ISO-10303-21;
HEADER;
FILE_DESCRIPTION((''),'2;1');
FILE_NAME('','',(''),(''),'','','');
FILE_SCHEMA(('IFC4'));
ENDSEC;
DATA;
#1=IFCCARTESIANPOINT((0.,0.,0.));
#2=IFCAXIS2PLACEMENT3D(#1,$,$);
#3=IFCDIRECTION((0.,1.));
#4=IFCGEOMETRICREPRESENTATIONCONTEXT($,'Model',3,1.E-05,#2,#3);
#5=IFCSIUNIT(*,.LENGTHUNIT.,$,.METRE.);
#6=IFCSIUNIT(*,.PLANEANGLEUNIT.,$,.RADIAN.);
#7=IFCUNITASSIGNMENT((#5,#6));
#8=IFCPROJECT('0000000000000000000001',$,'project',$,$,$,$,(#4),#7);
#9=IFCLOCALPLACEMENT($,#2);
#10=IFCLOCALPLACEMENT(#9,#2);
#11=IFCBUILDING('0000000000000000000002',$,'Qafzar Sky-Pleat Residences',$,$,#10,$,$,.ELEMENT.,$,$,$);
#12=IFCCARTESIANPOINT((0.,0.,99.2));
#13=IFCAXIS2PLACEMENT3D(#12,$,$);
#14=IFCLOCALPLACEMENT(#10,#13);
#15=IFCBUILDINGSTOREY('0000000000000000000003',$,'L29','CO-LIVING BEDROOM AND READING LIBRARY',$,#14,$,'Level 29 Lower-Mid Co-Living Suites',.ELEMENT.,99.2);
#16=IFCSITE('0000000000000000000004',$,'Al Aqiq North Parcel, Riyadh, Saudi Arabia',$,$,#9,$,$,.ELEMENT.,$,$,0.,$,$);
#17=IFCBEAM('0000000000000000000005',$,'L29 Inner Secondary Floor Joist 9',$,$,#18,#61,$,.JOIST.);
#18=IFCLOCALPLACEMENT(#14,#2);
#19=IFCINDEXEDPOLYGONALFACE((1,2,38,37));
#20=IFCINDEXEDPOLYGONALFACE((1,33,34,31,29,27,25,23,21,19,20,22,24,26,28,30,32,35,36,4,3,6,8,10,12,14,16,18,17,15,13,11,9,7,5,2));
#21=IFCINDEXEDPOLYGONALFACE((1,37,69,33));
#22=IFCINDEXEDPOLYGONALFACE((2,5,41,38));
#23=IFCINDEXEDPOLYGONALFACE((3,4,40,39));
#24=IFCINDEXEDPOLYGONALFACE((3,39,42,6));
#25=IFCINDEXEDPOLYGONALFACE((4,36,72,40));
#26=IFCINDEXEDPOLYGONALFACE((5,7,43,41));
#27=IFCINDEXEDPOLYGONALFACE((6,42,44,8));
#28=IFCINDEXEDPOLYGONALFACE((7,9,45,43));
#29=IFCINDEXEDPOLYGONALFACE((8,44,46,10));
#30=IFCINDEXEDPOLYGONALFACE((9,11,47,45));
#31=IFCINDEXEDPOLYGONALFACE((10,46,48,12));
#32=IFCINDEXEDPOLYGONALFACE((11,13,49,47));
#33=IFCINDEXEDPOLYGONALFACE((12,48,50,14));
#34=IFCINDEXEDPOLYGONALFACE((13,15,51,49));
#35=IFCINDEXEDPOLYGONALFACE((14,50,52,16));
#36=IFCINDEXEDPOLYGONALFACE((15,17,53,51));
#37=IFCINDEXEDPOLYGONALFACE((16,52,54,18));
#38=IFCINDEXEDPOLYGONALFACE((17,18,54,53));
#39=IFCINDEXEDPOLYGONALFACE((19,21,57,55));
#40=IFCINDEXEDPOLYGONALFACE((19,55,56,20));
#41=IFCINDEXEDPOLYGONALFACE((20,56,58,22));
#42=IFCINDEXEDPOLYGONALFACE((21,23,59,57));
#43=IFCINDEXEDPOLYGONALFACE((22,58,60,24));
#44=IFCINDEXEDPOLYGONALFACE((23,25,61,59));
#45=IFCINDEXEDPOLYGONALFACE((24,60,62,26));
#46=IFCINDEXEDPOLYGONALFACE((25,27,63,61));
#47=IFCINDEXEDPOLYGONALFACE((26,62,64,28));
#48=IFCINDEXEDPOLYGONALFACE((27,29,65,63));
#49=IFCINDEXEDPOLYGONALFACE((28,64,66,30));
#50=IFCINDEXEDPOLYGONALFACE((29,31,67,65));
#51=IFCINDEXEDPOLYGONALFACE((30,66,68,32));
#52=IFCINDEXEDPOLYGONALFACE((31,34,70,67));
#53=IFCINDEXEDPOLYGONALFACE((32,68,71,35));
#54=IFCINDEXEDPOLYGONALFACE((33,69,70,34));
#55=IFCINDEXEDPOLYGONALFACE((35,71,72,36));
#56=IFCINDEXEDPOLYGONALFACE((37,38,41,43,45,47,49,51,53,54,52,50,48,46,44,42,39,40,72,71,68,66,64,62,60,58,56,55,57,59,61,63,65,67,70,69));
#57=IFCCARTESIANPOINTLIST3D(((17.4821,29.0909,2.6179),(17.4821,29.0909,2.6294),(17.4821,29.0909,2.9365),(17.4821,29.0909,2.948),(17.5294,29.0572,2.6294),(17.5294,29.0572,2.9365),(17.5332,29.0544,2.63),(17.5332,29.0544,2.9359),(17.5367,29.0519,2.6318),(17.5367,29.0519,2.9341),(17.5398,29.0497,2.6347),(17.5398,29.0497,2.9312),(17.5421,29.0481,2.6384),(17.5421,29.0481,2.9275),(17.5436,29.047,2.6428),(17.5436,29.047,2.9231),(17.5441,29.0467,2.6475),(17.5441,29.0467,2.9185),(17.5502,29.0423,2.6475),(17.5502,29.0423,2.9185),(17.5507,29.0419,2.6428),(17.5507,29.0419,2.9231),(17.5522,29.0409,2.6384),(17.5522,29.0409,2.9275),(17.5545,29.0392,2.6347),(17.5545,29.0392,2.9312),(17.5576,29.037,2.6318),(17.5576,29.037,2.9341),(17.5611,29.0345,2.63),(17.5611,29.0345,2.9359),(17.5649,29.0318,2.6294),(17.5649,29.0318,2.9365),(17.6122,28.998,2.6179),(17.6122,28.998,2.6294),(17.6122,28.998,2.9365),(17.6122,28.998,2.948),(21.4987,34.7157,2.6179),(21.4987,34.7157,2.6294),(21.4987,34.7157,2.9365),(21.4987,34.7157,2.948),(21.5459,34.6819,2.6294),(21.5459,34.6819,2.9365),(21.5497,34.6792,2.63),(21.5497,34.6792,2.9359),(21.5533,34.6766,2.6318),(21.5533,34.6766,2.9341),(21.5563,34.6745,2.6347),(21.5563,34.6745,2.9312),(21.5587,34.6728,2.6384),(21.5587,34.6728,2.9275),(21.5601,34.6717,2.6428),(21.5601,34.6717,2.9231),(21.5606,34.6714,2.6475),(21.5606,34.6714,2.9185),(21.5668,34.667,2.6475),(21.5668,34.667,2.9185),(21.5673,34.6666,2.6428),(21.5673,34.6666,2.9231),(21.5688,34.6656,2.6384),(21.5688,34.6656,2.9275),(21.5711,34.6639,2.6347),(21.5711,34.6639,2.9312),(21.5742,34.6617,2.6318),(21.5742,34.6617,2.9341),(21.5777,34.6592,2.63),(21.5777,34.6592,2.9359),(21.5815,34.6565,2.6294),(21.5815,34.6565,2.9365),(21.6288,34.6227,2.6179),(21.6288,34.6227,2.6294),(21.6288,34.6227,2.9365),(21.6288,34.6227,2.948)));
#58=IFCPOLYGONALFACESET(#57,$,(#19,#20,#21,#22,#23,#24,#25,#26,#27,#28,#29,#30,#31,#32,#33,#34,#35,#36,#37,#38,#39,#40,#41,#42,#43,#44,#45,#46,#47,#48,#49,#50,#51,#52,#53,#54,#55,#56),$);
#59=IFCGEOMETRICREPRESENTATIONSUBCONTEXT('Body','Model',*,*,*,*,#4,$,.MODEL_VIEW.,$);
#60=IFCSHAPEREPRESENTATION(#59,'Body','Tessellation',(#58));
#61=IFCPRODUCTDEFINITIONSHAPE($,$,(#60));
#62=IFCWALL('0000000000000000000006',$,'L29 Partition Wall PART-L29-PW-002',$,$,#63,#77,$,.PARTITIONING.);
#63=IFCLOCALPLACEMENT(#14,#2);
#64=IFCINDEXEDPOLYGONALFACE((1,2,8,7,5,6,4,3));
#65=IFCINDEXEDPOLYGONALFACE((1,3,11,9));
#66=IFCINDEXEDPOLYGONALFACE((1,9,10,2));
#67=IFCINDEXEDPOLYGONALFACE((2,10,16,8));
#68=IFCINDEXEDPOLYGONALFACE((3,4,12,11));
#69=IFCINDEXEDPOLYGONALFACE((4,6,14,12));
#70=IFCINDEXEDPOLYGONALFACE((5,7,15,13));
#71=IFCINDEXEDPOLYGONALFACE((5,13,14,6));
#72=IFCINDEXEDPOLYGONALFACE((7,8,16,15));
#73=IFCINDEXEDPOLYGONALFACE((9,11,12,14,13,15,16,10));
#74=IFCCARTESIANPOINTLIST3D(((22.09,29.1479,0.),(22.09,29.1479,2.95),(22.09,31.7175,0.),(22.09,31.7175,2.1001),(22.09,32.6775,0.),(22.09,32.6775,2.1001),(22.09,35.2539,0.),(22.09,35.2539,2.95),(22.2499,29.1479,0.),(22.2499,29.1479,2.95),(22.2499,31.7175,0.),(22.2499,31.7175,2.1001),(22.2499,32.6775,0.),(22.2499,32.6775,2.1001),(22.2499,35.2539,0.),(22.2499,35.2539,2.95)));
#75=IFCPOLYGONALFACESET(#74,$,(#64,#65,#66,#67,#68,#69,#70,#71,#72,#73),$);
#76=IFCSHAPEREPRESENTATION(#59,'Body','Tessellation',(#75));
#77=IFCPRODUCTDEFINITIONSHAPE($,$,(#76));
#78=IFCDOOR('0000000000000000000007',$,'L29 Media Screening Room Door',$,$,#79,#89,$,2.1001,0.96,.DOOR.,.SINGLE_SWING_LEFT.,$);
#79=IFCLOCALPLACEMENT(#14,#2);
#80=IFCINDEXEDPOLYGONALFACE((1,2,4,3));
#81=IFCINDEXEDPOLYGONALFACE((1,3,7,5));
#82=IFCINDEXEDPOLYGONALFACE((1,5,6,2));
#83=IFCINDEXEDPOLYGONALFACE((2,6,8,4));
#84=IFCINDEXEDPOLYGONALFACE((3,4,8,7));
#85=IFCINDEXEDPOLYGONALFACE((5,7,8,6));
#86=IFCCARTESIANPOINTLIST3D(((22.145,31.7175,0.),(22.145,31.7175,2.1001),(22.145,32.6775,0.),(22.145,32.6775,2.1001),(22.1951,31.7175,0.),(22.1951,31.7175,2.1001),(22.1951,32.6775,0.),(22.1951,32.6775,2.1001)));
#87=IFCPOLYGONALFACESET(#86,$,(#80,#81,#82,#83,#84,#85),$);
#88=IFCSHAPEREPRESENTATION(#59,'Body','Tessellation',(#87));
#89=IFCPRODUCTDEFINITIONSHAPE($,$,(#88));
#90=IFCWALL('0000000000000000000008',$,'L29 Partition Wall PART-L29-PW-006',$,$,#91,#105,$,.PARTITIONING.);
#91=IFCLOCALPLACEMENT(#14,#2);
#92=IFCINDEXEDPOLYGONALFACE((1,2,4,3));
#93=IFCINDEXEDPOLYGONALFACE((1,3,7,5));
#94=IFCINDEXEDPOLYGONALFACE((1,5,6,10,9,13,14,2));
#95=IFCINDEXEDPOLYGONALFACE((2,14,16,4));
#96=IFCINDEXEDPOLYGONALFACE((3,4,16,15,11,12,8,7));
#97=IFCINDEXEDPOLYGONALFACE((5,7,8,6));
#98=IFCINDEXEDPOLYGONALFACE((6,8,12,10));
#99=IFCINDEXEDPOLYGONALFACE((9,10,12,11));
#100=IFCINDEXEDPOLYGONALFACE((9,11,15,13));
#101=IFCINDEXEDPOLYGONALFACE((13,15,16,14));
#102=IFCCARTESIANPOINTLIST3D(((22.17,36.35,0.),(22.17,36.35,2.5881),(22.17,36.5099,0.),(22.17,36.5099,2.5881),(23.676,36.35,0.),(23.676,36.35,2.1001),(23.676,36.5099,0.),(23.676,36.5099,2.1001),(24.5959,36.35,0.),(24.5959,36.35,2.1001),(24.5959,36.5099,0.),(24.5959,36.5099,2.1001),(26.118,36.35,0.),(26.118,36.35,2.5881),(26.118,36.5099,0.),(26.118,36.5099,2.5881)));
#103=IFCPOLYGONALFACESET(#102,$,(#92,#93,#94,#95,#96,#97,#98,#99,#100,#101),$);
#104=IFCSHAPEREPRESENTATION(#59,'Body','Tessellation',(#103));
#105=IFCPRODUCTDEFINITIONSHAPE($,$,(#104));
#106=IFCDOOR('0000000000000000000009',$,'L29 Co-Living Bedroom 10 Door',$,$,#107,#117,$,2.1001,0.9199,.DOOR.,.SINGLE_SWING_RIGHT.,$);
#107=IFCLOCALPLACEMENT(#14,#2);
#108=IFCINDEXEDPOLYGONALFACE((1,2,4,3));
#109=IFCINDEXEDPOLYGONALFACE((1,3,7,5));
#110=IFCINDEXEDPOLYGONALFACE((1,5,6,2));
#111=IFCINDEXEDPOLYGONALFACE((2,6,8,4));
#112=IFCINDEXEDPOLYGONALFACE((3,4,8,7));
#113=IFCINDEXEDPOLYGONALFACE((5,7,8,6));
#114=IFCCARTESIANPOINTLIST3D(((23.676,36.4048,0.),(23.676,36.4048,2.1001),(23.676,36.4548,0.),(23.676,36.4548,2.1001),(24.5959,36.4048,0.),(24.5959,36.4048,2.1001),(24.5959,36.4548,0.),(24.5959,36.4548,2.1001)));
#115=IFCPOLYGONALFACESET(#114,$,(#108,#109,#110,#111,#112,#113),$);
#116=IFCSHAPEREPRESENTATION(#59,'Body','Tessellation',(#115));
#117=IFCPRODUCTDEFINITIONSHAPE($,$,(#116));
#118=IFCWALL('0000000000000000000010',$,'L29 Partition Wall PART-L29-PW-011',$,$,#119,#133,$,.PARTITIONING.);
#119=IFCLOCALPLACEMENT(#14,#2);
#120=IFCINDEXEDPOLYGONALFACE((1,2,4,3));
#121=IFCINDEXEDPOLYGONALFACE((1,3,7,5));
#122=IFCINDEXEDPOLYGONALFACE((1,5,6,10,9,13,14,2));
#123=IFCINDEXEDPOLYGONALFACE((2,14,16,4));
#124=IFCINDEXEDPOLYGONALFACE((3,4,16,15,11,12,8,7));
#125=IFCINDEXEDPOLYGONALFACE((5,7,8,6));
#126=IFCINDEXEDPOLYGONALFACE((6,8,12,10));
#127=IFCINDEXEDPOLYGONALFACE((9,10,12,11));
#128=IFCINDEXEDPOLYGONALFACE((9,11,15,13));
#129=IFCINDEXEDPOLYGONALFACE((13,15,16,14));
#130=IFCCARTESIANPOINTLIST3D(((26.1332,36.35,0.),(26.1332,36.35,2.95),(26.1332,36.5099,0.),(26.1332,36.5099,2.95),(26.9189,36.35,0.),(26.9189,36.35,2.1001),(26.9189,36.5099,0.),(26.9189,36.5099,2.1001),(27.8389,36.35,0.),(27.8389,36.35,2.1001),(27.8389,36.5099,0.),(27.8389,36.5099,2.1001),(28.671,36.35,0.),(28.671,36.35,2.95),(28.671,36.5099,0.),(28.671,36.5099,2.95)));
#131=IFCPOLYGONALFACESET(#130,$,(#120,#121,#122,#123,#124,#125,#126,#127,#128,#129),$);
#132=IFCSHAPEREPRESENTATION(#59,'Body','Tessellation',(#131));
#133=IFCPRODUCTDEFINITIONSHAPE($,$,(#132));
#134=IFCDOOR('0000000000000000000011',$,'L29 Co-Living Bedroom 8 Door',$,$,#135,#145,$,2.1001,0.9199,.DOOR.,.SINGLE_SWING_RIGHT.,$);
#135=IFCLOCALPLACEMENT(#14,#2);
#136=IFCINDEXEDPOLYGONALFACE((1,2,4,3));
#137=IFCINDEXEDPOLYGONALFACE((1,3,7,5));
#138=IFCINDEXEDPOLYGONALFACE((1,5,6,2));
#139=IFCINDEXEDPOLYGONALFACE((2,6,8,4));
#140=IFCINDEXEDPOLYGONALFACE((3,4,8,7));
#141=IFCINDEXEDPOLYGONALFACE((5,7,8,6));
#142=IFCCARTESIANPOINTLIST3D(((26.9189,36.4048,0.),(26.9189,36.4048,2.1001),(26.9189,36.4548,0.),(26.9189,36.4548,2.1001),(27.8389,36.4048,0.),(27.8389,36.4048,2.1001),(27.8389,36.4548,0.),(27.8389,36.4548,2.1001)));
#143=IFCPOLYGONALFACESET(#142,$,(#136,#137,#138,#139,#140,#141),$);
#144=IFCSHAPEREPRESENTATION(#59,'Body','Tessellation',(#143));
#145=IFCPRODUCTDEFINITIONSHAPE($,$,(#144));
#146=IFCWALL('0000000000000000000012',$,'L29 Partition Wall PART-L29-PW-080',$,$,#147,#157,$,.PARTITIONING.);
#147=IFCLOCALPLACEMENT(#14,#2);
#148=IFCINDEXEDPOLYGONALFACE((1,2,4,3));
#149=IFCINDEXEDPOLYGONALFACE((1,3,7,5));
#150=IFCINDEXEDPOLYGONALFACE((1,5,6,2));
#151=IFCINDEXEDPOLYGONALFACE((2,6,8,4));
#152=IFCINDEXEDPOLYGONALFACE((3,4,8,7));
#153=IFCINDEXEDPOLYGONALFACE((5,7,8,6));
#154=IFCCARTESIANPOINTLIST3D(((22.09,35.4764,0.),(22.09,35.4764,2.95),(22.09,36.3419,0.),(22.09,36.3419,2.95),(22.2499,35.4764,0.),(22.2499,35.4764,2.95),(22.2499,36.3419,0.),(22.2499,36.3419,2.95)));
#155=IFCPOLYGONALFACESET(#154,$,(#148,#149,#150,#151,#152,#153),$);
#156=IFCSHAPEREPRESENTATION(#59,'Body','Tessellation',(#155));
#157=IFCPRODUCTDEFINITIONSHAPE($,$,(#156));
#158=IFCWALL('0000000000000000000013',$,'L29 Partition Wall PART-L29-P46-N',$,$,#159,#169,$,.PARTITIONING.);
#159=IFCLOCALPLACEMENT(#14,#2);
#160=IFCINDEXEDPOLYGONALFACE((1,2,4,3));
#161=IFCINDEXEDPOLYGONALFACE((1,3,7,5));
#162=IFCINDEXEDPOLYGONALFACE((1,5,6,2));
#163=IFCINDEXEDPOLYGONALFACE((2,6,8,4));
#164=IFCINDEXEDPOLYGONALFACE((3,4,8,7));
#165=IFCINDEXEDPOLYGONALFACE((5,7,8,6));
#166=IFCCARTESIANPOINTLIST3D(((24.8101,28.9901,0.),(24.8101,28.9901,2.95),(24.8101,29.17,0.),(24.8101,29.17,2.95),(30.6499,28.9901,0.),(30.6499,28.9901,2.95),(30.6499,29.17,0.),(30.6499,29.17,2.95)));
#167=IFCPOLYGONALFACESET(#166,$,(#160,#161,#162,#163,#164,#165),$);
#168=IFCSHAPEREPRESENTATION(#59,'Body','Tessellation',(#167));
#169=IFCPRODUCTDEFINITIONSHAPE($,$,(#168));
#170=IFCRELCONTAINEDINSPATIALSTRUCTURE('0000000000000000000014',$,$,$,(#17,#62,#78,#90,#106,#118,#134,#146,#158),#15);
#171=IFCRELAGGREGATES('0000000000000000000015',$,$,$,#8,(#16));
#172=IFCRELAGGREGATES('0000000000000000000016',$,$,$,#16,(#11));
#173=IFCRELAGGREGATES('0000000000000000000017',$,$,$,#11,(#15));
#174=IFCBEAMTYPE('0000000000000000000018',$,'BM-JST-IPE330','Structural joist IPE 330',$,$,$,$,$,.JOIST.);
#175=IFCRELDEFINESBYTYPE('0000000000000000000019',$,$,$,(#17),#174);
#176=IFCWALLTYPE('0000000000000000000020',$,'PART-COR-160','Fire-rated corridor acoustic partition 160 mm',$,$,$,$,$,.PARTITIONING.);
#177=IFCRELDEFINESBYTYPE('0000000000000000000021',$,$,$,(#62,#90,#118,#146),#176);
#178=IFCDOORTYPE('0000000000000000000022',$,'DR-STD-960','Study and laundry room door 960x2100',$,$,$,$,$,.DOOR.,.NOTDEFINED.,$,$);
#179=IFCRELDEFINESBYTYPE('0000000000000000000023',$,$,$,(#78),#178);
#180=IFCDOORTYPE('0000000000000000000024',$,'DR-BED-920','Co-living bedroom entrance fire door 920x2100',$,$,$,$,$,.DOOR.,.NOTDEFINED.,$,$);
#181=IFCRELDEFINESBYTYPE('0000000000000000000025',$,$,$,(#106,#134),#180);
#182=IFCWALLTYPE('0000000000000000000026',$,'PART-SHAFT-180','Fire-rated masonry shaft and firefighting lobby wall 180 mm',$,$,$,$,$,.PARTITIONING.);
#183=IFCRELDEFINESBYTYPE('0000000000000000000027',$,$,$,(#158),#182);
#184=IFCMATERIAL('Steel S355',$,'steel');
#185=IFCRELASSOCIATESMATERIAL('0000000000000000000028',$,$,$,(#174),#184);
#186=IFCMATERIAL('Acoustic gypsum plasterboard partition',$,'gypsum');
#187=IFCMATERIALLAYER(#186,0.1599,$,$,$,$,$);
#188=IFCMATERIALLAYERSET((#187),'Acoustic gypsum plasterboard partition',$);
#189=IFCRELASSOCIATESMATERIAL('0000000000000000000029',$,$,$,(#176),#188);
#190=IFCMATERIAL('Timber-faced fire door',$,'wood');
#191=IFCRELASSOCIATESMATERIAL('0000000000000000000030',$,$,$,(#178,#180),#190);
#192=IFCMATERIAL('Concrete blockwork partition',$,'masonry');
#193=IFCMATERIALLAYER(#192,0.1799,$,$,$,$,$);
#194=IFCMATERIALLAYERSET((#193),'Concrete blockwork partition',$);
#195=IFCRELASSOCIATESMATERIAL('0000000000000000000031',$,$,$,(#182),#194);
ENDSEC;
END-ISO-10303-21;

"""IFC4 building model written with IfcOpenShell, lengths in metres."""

from ifc_helpers import new_model, si_unit, direction, frame, frame_2d, origin, origin_2d, place, context, subcontext, project, spatial, rectangle, i_section, extrude, source, transform, mapped, material, layer, layer_set, material_profile, profile_set, type_object, element, fill, save


model = new_model("IFC4")

# Units and contexts
model_context = context("Model", 3, precision=1e-05, world=origin(), true_north=direction((0.0, 1.0)))
body_context = subcontext(model_context, "Body", "Model", "MODEL_VIEW")
ifc_project = project(units=[si_unit("LENGTHUNIT", "METRE"), si_unit("PLANEANGLEUNIT", "RADIAN")], contexts=[model_context])

# Site, building, storey
site_placement = place(None, origin())
site = spatial("IfcSite", under=ifc_project, at=site_placement, Name="Al Aqiq North Parcel, Riyadh, Saudi Arabia", CompositionType="ELEMENT", RefElevation=0.0)
building_placement = place(site_placement, origin())
building = spatial("IfcBuilding", under=site, at=building_placement, Name="Qafzar Sky-Pleat Residences", CompositionType="ELEMENT")
storey_placement = place(building_placement, frame((0.0, 0.0, 99.2)))
storey = spatial("IfcBuildingStorey", under=building, at=storey_placement, Name="L29", Description="CO-LIVING BEDROOM AND READING LIBRARY", LongName="Level 29 Lower-Mid Co-Living Suites", CompositionType="ELEMENT", Elevation=99.2)

# Beam
ifc_material_1 = material(Name="Steel S355", Category="steel")
ifc_material_profile = material_profile(ifc_material_1, i_section(OverallWidth=0.1599, OverallDepth=0.3301, WebThickness=0.0076, FlangeThickness=0.0115, FilletRadius=0.0181, at=origin_2d()), Name="IPE 330")
ifc_profile_set = profile_set([ifc_material_profile], Name="Steel S355")
beam_type = type_object("IfcBeamType", Name="BM-JST-IPE330", Description="Structural joist IPE 330", PredefinedType="JOIST", material=ifc_profile_set)
shared_shape_1 = source(origin(), body_context, "Body", "SweptSolid", [
    extrude(i_section(OverallWidth=0.1599, OverallDepth=0.3301, WebThickness=0.0076, FlangeThickness=0.0115, FilletRadius=0.0181, at=origin_2d()), origin(), (0.0, 0.0, 1.0), 6.9116),
])
beam_placement = place(storey_placement, frame((21.5637, 34.6692, 2.783), z_axis=(-0.581135, -0.813807, 0.0), x_axis=(0.813807, -0.581135, 0.0)))
element("IfcBeam", 1, at=beam_placement, inside=storey, type_object=beam_type, Name="L29 Inner Secondary Floor Joist 9", PredefinedType="JOIST", context=body_context, shape_type="MappedRepresentation", body=[
    mapped(shared_shape_1, transform((0.0, 0.0, 0.0), x_axis=(1.0, 0.0, 0.0), y_axis=(0.0, 1.0, 0.0), z_axis=(0.0, 0.0, 1.0), scale=1.0)),
])

# Walls, openings, doors
ifc_material_2 = material(Name="Acoustic gypsum plasterboard partition", Category="gypsum")
ifc_layer_1 = layer(ifc_material_2, 0.1599)
ifc_layer_set_1 = layer_set([ifc_layer_1], Name="Acoustic gypsum plasterboard partition")
wall_type_1 = type_object("IfcWallType", Name="PART-COR-160", Description="Fire-rated corridor acoustic partition 160 mm", PredefinedType="PARTITIONING", material=ifc_layer_set_1)
wall_1_placement = place(storey_placement, frame((22.1699, 29.1479, 0.0), z_axis=(0.0, 0.0, 1.0), x_axis=(0.0, 1.0, 0.0)))
wall_1 = element("IfcWall", 2, at=wall_1_placement, inside=storey, type_object=wall_type_1, Name="L29 Partition Wall PART-L29-PW-002", PredefinedType="PARTITIONING", context=body_context, shape_type="SweptSolid", body=[
    extrude(rectangle(XDim=6.106, YDim=0.1599, at=frame_2d((3.053, 0.0))), origin(), (0.0, 0.0, 1.0), 2.95),
])
opening_1_placement = place(wall_1_placement, frame((2.5696, 0.0, 0.0)))
opening_1 = element("IfcOpeningElement", 3, at=opening_1_placement, cuts=wall_1, PredefinedType="OPENING", context=body_context, shape_type="SweptSolid", body=[
    extrude(rectangle(XDim=0.96, YDim=2.1001, at=frame_2d((0.48, 1.05))), frame((0.0, 0.0898, 0.0), z_axis=(0.0, -1.0, 0.0), x_axis=(1.0, 0.0, 0.0)), (0.0, 0.0, 1.0), 0.1799),
])
ifc_material_3 = material(Name="Timber-faced fire door", Category="wood")
door_type_1 = type_object("IfcDoorType", Name="DR-STD-960", Description="Study and laundry room door 960x2100", OperationType="NOTDEFINED", PredefinedType="DOOR", material=ifc_material_3)
shared_shape_2 = source(origin(), body_context, "Body", "SweptSolid", [
    extrude(rectangle(XDim=0.96, YDim=2.1001, at=frame_2d((0.48, 1.05))), frame((0.0, 0.0249, 0.0), z_axis=(0.0, -1.0, 0.0), x_axis=(1.0, 0.0, 0.0)), (0.0, 0.0, 1.0), 0.05),
])
door_1_placement = place(opening_1_placement, origin())
door_1 = element("IfcDoor", 4, at=door_1_placement, inside=storey, type_object=door_type_1, Name="L29 Media Screening Room Door", OperationType="SINGLE_SWING_LEFT", OverallHeight=2.1001, OverallWidth=0.96, PredefinedType="DOOR", context=body_context, shape_type="MappedRepresentation", body=[
    mapped(shared_shape_2, transform((0.0, 0.0, 0.0), x_axis=(1.0, 0.0, 0.0), y_axis=(0.0, 1.0, 0.0), z_axis=(0.0, 0.0, 1.0), scale=1.0)),
])
fill(opening_1, door_1)
wall_2_placement = place(storey_placement, frame((22.1699, 36.4299, 0.0), z_axis=(0.0, 0.0, 1.0), x_axis=(1.0, 0.0, 0.0)))
wall_2 = element("IfcWall", 5, at=wall_2_placement, inside=storey, type_object=wall_type_1, Name="L29 Partition Wall PART-L29-PW-006", PredefinedType="PARTITIONING", context=body_context, shape_type="SweptSolid", body=[
    extrude(rectangle(XDim=3.948, YDim=0.1599, at=frame_2d((1.9741, 0.0))), origin(), (0.0, 0.0, 1.0), 2.5881),
])
opening_2_placement = place(wall_2_placement, frame((1.5061, 0.0, 0.0)))
opening_2 = element("IfcOpeningElement", 6, at=opening_2_placement, cuts=wall_2, PredefinedType="OPENING", context=body_context, shape_type="SweptSolid", body=[
    extrude(rectangle(XDim=0.9199, YDim=2.1001, at=frame_2d((0.46, 1.05))), frame((0.0, 0.0898, 0.0), z_axis=(0.0, -1.0, 0.0), x_axis=(1.0, 0.0, 0.0)), (0.0, 0.0, 1.0), 0.1799),
])
door_type_2 = type_object("IfcDoorType", Name="DR-BED-920", Description="Co-living bedroom entrance fire door 920x2100", OperationType="NOTDEFINED", PredefinedType="DOOR", material=ifc_material_3)
shared_shape_3 = source(origin(), body_context, "Body", "SweptSolid", [
    extrude(rectangle(XDim=0.9199, YDim=2.1001, at=frame_2d((0.46, 1.05))), frame((0.0, 0.0249, 0.0), z_axis=(0.0, -1.0, 0.0), x_axis=(1.0, 0.0, 0.0)), (0.0, 0.0, 1.0), 0.05),
])
door_2_placement = place(opening_2_placement, origin())
door_2 = element("IfcDoor", 7, at=door_2_placement, inside=storey, type_object=door_type_2, Name="L29 Co-Living Bedroom 10 Door", OperationType="SINGLE_SWING_RIGHT", OverallHeight=2.1001, OverallWidth=0.9199, PredefinedType="DOOR", context=body_context, shape_type="MappedRepresentation", body=[
    mapped(shared_shape_3, transform((0.0, 0.0, 0.0), x_axis=(1.0, 0.0, 0.0), y_axis=(0.0, 1.0, 0.0), z_axis=(0.0, 0.0, 1.0), scale=1.0)),
])
fill(opening_2, door_2)
wall_3_placement = place(storey_placement, frame((26.1331, 36.4299, 0.0), z_axis=(0.0, 0.0, 1.0), x_axis=(1.0, 0.0, 0.0)))
wall_3 = element("IfcWall", 8, at=wall_3_placement, inside=storey, type_object=wall_type_1, Name="L29 Partition Wall PART-L29-PW-011", PredefinedType="PARTITIONING", context=body_context, shape_type="SweptSolid", body=[
    extrude(rectangle(XDim=2.5378, YDim=0.1599, at=frame_2d((1.269, 0.0))), origin(), (0.0, 0.0, 1.0), 2.95),
])
opening_3_placement = place(wall_3_placement, frame((0.7859, 0.0, 0.0)))
opening_3 = element("IfcOpeningElement", 9, at=opening_3_placement, cuts=wall_3, PredefinedType="OPENING", context=body_context, shape_type="SweptSolid", body=[
    extrude(rectangle(XDim=0.9199, YDim=2.1001, at=frame_2d((0.46, 1.05))), frame((0.0, 0.0898, 0.0), z_axis=(0.0, -1.0, 0.0), x_axis=(1.0, 0.0, 0.0)), (0.0, 0.0, 1.0), 0.1799),
])
door_3_placement = place(opening_3_placement, origin())
door_3 = element("IfcDoor", 10, at=door_3_placement, inside=storey, type_object=door_type_2, Name="L29 Co-Living Bedroom 8 Door", OperationType="SINGLE_SWING_RIGHT", OverallHeight=2.1001, OverallWidth=0.9199, PredefinedType="DOOR", context=body_context, shape_type="MappedRepresentation", body=[
    mapped(shared_shape_3, transform((0.0, 0.0, 0.0), x_axis=(1.0, 0.0, 0.0), y_axis=(0.0, 1.0, 0.0), z_axis=(0.0, 0.0, 1.0), scale=1.0)),
])
fill(opening_3, door_3)

# Walls
wall_4_placement = place(storey_placement, frame((22.1699, 35.4766, 0.0), z_axis=(0.0, 0.0, 1.0), x_axis=(0.0, 1.0, 0.0)))
element("IfcWall", 11, at=wall_4_placement, inside=storey, type_object=wall_type_1, Name="L29 Partition Wall PART-L29-PW-080", PredefinedType="PARTITIONING", context=body_context, shape_type="SweptSolid", body=[
    extrude(rectangle(XDim=0.8655, YDim=0.1599, at=frame_2d((0.4326, 0.0))), origin(), (0.0, 0.0, 1.0), 2.95),
])
ifc_material_4 = material(Name="Concrete blockwork partition", Category="masonry")
ifc_layer_2 = layer(ifc_material_4, 0.1799)
ifc_layer_set_2 = layer_set([ifc_layer_2], Name="Concrete blockwork partition")
wall_type_2 = type_object("IfcWallType", Name="PART-SHAFT-180", Description="Fire-rated masonry shaft and firefighting lobby wall 180 mm", PredefinedType="PARTITIONING", material=ifc_layer_set_2)
wall_5_placement = place(storey_placement, frame((24.8101, 29.0801, 0.0), z_axis=(0.0, 0.0, 1.0), x_axis=(1.0, 0.0, 0.0)))
element("IfcWall", 12, at=wall_5_placement, inside=storey, type_object=wall_type_2, Name="L29 Partition Wall PART-L29-P46-N", PredefinedType="PARTITIONING", context=body_context, shape_type="SweptSolid", body=[
    extrude(rectangle(XDim=5.8398, YDim=0.1799, at=frame_2d((2.9199, 0.0))), origin(), (0.0, 0.0, 1.0), 2.95),
])

save(model, "model.ifc")
